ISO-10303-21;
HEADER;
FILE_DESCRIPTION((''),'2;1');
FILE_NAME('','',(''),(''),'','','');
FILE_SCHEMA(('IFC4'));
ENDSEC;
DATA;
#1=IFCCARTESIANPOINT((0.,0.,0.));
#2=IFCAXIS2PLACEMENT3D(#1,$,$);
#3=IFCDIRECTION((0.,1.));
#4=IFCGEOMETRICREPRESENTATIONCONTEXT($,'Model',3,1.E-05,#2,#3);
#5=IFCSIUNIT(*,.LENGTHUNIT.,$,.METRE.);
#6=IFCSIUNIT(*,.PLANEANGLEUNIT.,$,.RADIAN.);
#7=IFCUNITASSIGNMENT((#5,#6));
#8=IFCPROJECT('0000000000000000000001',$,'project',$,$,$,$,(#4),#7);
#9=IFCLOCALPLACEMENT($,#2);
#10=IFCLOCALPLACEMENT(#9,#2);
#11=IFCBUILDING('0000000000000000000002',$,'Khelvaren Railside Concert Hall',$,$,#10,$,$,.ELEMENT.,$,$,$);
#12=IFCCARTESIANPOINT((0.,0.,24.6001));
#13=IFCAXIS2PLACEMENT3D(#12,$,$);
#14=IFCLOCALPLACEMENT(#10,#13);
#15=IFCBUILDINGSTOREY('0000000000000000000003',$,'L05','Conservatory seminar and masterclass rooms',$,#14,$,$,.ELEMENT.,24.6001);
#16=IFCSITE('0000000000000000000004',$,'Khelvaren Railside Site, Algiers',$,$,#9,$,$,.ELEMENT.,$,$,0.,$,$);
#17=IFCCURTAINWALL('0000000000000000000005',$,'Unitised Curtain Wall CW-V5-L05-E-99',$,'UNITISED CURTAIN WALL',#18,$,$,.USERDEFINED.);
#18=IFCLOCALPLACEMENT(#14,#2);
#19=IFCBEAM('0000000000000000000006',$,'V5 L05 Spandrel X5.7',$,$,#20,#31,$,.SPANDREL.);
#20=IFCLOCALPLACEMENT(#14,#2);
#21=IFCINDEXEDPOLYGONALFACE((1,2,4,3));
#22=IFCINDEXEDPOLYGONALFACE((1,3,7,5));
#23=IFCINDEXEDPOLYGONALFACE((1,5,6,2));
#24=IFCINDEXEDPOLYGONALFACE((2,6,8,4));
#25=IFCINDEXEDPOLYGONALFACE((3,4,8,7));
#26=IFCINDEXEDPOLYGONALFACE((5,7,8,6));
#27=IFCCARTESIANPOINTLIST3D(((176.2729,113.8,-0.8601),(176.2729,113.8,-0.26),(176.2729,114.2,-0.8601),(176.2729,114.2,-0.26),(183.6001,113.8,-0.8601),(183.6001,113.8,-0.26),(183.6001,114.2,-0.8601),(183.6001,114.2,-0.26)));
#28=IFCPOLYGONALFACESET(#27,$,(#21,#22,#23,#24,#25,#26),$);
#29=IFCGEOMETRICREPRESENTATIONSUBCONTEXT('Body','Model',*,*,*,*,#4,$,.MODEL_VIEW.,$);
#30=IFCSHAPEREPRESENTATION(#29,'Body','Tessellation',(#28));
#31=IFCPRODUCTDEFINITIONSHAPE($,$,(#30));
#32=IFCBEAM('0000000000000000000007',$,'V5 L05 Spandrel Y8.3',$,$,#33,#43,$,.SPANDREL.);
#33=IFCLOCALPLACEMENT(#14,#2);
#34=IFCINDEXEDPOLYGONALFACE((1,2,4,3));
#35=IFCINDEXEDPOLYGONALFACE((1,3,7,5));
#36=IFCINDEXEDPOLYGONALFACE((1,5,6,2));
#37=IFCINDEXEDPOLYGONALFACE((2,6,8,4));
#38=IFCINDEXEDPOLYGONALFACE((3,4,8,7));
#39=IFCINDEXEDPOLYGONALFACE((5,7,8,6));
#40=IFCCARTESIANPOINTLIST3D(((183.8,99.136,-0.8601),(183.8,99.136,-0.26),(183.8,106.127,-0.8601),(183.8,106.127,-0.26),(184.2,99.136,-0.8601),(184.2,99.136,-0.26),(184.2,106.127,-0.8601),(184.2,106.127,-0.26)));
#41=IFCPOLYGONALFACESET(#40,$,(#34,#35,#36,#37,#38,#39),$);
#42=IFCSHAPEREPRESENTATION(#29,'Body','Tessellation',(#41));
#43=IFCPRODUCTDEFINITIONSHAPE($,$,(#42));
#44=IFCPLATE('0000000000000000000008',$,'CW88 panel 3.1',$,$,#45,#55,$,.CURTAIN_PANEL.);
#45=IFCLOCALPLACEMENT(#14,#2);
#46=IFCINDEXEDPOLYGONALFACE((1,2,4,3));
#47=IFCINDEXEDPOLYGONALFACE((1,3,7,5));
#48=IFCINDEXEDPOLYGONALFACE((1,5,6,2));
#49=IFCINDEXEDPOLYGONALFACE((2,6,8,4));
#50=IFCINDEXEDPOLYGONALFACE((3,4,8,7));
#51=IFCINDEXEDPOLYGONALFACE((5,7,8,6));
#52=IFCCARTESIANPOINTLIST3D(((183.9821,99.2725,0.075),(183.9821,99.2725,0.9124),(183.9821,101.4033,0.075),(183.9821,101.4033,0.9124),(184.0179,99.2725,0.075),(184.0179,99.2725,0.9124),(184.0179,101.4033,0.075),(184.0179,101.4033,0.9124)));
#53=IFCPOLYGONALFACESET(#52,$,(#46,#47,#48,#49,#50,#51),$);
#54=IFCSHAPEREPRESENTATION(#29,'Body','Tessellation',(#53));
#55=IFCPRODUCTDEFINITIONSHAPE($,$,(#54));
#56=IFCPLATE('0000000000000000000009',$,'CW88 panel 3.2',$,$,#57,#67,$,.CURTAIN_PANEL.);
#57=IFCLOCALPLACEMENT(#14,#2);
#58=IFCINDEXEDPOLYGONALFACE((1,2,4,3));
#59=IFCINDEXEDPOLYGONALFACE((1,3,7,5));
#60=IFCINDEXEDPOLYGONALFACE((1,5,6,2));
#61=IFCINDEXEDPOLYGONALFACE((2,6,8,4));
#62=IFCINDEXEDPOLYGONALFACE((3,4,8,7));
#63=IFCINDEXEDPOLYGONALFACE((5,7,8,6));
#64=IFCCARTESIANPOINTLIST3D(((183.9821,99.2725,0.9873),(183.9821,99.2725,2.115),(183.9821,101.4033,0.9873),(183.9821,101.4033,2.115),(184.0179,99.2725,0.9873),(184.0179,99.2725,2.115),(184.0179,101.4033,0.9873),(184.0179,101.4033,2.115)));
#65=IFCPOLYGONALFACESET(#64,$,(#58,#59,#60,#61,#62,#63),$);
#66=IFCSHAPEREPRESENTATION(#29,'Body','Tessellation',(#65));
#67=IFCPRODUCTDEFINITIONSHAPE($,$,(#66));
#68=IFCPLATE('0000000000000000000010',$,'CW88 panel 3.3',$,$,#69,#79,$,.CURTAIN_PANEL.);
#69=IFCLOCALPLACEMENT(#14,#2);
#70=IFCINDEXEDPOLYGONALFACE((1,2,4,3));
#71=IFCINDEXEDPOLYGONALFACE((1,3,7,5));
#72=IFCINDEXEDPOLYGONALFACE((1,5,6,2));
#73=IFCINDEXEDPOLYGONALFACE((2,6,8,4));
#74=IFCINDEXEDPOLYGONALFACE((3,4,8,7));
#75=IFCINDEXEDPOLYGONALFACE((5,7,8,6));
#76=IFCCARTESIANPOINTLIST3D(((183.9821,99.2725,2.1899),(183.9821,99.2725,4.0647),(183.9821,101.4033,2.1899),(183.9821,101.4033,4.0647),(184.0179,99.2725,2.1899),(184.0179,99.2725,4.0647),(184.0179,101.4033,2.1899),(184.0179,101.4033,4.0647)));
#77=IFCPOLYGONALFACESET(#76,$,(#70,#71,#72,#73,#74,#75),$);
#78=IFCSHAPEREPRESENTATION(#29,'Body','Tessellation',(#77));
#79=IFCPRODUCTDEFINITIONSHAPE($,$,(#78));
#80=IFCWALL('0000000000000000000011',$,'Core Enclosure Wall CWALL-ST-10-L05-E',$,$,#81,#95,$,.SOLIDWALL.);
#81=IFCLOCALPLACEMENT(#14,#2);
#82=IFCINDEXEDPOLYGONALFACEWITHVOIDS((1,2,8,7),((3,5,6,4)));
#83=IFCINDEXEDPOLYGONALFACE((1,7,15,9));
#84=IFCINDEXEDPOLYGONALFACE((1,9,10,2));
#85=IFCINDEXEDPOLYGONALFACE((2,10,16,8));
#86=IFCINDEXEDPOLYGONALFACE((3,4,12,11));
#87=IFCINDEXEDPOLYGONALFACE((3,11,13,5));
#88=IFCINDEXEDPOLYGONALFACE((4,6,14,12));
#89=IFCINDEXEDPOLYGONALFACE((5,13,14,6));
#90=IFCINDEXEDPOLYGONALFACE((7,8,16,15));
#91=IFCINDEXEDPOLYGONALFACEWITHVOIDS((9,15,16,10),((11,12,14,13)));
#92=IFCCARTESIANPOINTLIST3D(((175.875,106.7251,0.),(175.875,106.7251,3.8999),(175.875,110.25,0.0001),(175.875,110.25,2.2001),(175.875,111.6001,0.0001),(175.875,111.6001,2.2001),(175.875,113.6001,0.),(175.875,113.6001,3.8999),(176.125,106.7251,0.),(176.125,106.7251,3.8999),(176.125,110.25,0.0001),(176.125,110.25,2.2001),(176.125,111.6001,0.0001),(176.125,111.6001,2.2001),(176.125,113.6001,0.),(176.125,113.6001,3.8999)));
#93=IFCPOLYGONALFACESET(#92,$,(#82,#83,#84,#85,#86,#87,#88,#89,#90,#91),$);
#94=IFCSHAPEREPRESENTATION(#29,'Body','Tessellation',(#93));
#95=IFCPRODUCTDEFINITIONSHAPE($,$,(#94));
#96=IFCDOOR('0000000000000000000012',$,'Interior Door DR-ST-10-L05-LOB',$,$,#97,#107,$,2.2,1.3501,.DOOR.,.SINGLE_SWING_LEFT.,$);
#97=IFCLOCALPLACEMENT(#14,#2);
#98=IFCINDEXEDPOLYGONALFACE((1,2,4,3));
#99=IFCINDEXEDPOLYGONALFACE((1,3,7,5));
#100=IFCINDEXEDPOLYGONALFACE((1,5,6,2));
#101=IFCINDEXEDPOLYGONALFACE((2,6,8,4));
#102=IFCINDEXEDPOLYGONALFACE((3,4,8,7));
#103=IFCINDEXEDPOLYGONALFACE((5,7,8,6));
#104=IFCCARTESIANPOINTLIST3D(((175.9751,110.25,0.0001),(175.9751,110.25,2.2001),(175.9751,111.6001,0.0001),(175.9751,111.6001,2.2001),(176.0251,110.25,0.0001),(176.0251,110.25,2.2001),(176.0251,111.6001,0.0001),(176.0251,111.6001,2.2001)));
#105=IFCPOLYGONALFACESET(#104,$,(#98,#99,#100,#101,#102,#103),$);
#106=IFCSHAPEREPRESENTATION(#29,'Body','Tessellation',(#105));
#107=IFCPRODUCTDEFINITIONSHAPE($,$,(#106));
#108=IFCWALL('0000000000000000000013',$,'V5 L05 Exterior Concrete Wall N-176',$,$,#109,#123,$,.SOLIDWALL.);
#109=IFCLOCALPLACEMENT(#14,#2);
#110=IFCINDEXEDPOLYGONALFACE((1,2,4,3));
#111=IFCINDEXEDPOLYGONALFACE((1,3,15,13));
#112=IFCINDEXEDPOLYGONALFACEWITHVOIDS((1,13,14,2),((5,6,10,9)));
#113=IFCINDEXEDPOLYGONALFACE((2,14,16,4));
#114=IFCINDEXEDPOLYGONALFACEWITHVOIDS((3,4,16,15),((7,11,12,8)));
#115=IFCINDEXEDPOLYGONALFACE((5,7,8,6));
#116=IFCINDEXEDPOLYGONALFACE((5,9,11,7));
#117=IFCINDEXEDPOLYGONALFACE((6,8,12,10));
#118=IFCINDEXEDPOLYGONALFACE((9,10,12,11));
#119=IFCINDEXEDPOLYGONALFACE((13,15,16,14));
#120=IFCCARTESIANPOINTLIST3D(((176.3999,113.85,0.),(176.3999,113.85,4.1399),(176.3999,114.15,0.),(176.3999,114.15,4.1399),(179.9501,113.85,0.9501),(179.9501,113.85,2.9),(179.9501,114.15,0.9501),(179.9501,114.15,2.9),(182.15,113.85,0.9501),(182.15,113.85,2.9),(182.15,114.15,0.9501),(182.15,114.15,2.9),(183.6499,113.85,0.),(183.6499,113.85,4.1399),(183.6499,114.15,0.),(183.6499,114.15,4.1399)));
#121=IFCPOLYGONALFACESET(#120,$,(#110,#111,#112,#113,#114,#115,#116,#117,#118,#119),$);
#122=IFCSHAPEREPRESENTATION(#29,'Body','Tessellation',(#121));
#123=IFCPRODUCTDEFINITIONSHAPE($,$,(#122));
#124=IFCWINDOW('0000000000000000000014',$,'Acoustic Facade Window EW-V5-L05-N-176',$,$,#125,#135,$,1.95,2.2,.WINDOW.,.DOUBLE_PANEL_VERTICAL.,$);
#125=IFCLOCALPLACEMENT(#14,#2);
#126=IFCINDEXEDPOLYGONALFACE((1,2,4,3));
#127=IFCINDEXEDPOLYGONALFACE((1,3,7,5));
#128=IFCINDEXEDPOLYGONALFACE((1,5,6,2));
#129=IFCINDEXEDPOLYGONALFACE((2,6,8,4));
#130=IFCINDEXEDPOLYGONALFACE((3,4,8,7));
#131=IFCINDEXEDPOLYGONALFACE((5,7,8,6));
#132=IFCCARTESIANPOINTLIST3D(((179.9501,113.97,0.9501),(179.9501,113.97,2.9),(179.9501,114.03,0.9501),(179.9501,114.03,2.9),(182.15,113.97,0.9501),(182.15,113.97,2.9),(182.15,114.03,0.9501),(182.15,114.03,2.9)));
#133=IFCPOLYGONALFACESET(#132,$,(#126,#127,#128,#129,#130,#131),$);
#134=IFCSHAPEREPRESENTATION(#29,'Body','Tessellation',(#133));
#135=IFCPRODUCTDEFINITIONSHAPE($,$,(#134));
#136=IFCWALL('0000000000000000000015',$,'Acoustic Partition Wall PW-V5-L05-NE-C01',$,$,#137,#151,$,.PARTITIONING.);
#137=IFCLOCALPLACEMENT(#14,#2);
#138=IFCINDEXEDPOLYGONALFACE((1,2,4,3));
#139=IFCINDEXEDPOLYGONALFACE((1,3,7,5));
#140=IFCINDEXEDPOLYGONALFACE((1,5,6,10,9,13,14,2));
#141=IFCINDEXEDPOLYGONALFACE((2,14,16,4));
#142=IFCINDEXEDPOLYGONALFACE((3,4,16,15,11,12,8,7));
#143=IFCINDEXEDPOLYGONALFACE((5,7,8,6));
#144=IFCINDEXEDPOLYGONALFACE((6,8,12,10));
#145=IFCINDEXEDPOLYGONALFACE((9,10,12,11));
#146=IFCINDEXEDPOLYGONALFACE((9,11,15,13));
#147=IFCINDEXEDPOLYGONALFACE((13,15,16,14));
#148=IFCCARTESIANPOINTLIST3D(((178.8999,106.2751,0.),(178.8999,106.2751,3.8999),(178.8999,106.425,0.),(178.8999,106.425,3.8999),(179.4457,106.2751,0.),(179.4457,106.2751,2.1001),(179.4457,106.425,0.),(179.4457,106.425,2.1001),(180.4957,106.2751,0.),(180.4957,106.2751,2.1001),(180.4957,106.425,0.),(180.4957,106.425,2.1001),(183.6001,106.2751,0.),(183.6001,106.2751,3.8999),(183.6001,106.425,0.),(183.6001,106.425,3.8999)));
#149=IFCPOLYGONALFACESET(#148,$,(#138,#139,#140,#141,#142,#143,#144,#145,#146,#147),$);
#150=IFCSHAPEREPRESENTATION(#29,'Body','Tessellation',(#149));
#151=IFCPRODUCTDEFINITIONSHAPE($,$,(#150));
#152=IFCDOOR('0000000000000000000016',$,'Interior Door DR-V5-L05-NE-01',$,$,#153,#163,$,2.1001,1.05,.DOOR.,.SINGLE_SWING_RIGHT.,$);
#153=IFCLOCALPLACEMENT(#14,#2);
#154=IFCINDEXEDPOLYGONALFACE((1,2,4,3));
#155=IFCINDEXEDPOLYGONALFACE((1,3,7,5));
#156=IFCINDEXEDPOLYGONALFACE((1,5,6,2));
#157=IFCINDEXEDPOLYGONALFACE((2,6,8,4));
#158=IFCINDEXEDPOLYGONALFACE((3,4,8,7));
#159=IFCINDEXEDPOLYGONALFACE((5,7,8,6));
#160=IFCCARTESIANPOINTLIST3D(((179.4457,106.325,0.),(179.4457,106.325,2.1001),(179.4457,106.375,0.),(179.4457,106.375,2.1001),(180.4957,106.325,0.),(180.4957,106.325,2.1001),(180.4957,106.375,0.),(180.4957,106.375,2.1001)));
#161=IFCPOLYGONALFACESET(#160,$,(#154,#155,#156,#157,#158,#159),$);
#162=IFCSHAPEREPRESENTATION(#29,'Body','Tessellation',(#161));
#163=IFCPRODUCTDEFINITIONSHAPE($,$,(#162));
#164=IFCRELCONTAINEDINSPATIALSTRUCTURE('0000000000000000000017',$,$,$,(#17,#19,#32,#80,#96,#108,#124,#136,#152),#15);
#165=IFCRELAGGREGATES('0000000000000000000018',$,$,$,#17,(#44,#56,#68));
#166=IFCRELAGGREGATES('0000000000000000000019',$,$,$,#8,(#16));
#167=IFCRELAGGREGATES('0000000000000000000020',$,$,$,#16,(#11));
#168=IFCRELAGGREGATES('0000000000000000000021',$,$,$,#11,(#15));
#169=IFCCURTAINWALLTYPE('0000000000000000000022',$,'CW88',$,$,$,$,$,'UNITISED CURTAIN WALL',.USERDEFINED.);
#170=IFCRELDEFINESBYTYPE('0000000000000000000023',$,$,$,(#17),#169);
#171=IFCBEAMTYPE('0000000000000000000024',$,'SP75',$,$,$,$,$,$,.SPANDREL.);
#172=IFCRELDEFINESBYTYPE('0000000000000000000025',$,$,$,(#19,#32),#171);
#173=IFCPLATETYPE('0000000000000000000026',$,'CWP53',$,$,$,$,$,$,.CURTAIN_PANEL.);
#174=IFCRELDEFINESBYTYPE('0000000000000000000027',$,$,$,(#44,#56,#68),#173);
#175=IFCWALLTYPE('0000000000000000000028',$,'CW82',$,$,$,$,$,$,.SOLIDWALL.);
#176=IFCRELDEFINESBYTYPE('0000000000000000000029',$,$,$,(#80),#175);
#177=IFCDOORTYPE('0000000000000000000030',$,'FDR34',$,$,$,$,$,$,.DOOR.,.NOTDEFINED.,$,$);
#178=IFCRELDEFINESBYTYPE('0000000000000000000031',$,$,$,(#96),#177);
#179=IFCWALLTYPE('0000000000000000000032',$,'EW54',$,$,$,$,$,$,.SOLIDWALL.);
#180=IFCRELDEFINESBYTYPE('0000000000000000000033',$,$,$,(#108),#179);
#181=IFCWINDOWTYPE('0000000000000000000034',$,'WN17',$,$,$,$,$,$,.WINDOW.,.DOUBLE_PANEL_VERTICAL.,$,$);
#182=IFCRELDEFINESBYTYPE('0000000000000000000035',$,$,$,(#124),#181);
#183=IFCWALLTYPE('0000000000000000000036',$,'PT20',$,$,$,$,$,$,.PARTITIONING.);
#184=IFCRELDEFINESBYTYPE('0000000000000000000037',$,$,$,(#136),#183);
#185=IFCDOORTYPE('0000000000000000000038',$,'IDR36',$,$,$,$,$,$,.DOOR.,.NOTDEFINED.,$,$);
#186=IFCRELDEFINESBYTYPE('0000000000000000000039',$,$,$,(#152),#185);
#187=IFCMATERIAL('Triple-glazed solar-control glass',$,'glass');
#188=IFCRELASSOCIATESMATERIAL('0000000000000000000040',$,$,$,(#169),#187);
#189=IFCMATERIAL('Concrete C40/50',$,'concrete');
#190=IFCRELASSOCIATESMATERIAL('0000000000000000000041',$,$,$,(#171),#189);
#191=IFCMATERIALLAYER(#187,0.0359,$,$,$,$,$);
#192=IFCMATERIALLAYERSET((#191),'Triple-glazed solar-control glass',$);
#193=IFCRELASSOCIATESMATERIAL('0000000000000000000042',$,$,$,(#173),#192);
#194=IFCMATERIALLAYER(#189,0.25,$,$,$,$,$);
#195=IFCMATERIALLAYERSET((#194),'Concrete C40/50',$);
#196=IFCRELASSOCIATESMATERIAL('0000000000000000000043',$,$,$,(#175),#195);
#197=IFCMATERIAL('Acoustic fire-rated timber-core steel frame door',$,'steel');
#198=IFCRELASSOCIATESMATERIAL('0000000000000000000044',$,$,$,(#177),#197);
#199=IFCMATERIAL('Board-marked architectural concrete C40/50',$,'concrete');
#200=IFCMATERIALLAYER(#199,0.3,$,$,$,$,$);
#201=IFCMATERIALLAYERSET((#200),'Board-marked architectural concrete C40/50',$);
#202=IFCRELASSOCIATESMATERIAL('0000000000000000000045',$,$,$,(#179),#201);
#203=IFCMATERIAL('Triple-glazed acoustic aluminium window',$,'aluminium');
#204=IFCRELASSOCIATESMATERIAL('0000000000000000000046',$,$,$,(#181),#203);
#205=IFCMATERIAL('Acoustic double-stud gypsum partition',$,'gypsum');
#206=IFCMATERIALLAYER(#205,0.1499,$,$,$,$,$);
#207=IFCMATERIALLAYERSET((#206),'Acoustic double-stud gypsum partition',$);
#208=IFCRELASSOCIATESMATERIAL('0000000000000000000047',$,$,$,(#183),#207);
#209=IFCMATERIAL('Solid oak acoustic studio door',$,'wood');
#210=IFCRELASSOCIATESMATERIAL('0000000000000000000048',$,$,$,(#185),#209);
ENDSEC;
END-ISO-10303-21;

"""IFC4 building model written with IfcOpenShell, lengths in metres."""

from ifc_helpers import new_model, si_unit, direction, frame, frame_2d, origin, origin_2d, place, context, subcontext, project, spatial, rectangle, extrude, material, layer, layer_set, material_profile, profile_set, type_object, element, fill, aggregate, save


model = new_model("IFC4")

# Units and contexts
model_context = context("Model", 3, precision=1e-05, world=origin(), true_north=direction((0.0, 1.0)))
body_context = subcontext(model_context, "Body", "Model", "MODEL_VIEW")
ifc_project = project(units=[si_unit("LENGTHUNIT", "METRE"), si_unit("PLANEANGLEUNIT", "RADIAN")], contexts=[model_context])

# Site, building, storey
site_placement = place(None, origin())
site = spatial("IfcSite", under=ifc_project, at=site_placement, Name="Khelvaren Railside Site, Algiers", CompositionType="ELEMENT", RefElevation=0.0)
building_placement = place(site_placement, origin())
building = spatial("IfcBuilding", under=site, at=building_placement, Name="Khelvaren Railside Concert Hall", CompositionType="ELEMENT")
storey_placement = place(building_placement, frame((0.0, 0.0, 24.6001)))
storey = spatial("IfcBuildingStorey", under=building, at=storey_placement, Name="L05", Description="Conservatory seminar and masterclass rooms", CompositionType="ELEMENT", Elevation=24.6001)

# Shared definitions
ifc_material_1 = material(Name="Concrete C40/50", Category="concrete")

# Curtain wall
ifc_material_2 = material(Name="Triple-glazed solar-control glass", Category="glass")
curtain_wall_type = type_object("IfcCurtainWallType", Name="CW88", ElementType="UNITISED CURTAIN WALL", PredefinedType="USERDEFINED", material=ifc_material_2)
curtain_wall_placement = place(storey_placement, origin())
curtain_wall = element("IfcCurtainWall", 1, at=curtain_wall_placement, inside=storey, type_object=curtain_wall_type, Name="Unitised Curtain Wall CW-V5-L05-E-99", ObjectType="UNITISED CURTAIN WALL", PredefinedType="USERDEFINED")

# Beams
ifc_material_profile_1 = material_profile(ifc_material_1, rectangle(XDim=0.3999, YDim=0.6001, at=origin_2d()), Name="RCB 400x600")
ifc_profile_set_1 = profile_set([ifc_material_profile_1], Name="Concrete C40/50")
beam_type_1 = type_object("IfcBeamType", Name="SP75", PredefinedType="SPANDREL", material=ifc_profile_set_1)
beam_1_placement = place(storey_placement, frame((176.2729, 114.0, -0.5601), z_axis=(1.0, 0.0, 0.0), x_axis=(0.0, 1.0, 0.0)))
element("IfcBeam", 2, at=beam_1_placement, inside=storey, type_object=beam_type_1, Name="V5 L05 Spandrel X5.7", PredefinedType="SPANDREL", context=body_context, shape_type="SweptSolid", body=[
    extrude(rectangle(XDim=0.3999, YDim=0.6001, at=origin_2d()), origin(), (0.0, 0.0, 1.0), 7.3271),
])
beam_2_placement = place(storey_placement, frame((184.0, 99.136, -0.5601), z_axis=(0.0, 1.0, 0.0), x_axis=(-1.0, 0.0, 0.0)))
element("IfcBeam", 3, at=beam_2_placement, inside=storey, type_object=beam_type_1, Name="V5 L05 Spandrel Y8.3", PredefinedType="SPANDREL", context=body_context, shape_type="SweptSolid", body=[
    extrude(rectangle(XDim=0.3999, YDim=0.6001, at=origin_2d()), origin(), (0.0, 0.0, 1.0), 6.991),
])

# Plates
ifc_layer_1 = layer(ifc_material_2, 0.0359)
ifc_layer_set_1 = layer_set([ifc_layer_1], Name="Triple-glazed solar-control glass")
plate_type = type_object("IfcPlateType", Name="CWP53", PredefinedType="CURTAIN_PANEL", material=ifc_layer_set_1)
plate_1_placement = place(storey_placement, frame((184.0, 100.3379, 0.075), z_axis=(0.0, 0.0, 1.0), x_axis=(0.0, -1.0, 0.0)))
plate_1 = element("IfcPlate", 4, at=plate_1_placement, type_object=plate_type, Name="CW88 panel 3.1", PredefinedType="CURTAIN_PANEL", context=body_context, shape_type="SweptSolid", body=[
    extrude(rectangle(XDim=2.1309, YDim=0.0359, at=origin_2d()), origin(), (0.0, 0.0, 1.0), 0.8374),
])
plate_2_placement = place(storey_placement, frame((184.0, 100.3379, 0.9873), z_axis=(0.0, 0.0, 1.0), x_axis=(0.0, -1.0, 0.0)))
plate_2 = element("IfcPlate", 5, at=plate_2_placement, type_object=plate_type, Name="CW88 panel 3.2", PredefinedType="CURTAIN_PANEL", context=body_context, shape_type="SweptSolid", body=[
    extrude(rectangle(XDim=2.1309, YDim=0.0359, at=origin_2d()), origin(), (0.0, 0.0, 1.0), 1.1277),
])
plate_3_placement = place(storey_placement, frame((184.0, 100.3379, 2.1899), z_axis=(0.0, 0.0, 1.0), x_axis=(0.0, -1.0, 0.0)))
plate_3 = element("IfcPlate", 6, at=plate_3_placement, type_object=plate_type, Name="CW88 panel 3.3", PredefinedType="CURTAIN_PANEL", context=body_context, shape_type="SweptSolid", body=[
    extrude(rectangle(XDim=2.1309, YDim=0.0359, at=origin_2d()), origin(), (0.0, 0.0, 1.0), 1.8748),
])
aggregate(curtain_wall, [plate_1, plate_2, plate_3])

# Wall, opening, door
ifc_layer_2 = layer(ifc_material_1, 0.25)
ifc_layer_set_2 = layer_set([ifc_layer_2], Name="Concrete C40/50")
wall_type_1 = type_object("IfcWallType", Name="CW82", PredefinedType="SOLIDWALL", material=ifc_layer_set_2)
wall_1_placement = place(storey_placement, frame((176.0, 106.7251, 0.0), z_axis=(0.0, 0.0, 1.0), x_axis=(0.0, 1.0, 0.0)))
wall_1 = element("IfcWall", 7, at=wall_1_placement, inside=storey, type_object=wall_type_1, Name="Core Enclosure Wall CWALL-ST-10-L05-E", PredefinedType="SOLIDWALL", context=body_context, shape_type="SweptSolid", body=[
    extrude(rectangle(XDim=6.875, YDim=0.25, at=frame_2d((3.4375, 0.0))), origin(), (0.0, 0.0, 1.0), 3.8999),
])
opening_1_placement = place(wall_1_placement, frame((3.5249, 0.0, 0.0)))
opening_1 = element("IfcOpeningElement", 8, at=opening_1_placement, cuts=wall_1, PredefinedType="OPENING", context=body_context, shape_type="SweptSolid", body=[
    extrude(rectangle(XDim=1.3501, YDim=2.2, at=frame_2d((0.675, 1.1001))), frame((0.0, 0.135, 0.0), z_axis=(0.0, -1.0, 0.0), x_axis=(1.0, 0.0, 0.0)), (0.0, 0.0, 1.0), 0.27),
])
ifc_material_3 = material(Name="Acoustic fire-rated timber-core steel frame door", Category="steel")
door_type_1 = type_object("IfcDoorType", Name="FDR34", OperationType="NOTDEFINED", PredefinedType="DOOR", material=ifc_material_3)
door_1_placement = place(opening_1_placement, origin())
door_1 = element("IfcDoor", 9, at=door_1_placement, inside=storey, type_object=door_type_1, Name="Interior Door DR-ST-10-L05-LOB", OperationType="SINGLE_SWING_LEFT", OverallHeight=2.2, OverallWidth=1.3501, PredefinedType="DOOR", context=body_context, shape_type="SweptSolid", body=[
    extrude(rectangle(XDim=1.3501, YDim=2.2, at=frame_2d((0.675, 1.1001))), frame((0.0, 0.0249, 0.0), z_axis=(0.0, -1.0, 0.0), x_axis=(1.0, 0.0, 0.0)), (0.0, 0.0, 1.0), 0.05),
])
fill(opening_1, door_1)

# Wall, opening, window
ifc_material_4 = material(Name="Board-marked architectural concrete C40/50", Category="concrete")
ifc_layer_3 = layer(ifc_material_4, 0.3)
ifc_layer_set_3 = layer_set([ifc_layer_3], Name="Board-marked architectural concrete C40/50")
wall_type_2 = type_object("IfcWallType", Name="EW54", PredefinedType="SOLIDWALL", material=ifc_layer_set_3)
wall_2_placement = place(storey_placement, frame((176.3999, 114.0, 0.0), z_axis=(0.0, 0.0, 1.0), x_axis=(1.0, 0.0, 0.0)))
wall_2 = element("IfcWall", 10, at=wall_2_placement, inside=storey, type_object=wall_type_2, Name="V5 L05 Exterior Concrete Wall N-176", PredefinedType="SOLIDWALL", context=body_context, shape_type="SweptSolid", body=[
    extrude(rectangle(XDim=7.25, YDim=0.3, at=frame_2d((3.625, 0.0))), origin(), (0.0, 0.0, 1.0), 4.1399),
])
opening_2_placement = place(wall_2_placement, frame((3.55, 0.0, 0.95)))
opening_2 = element("IfcOpeningElement", 11, at=opening_2_placement, cuts=wall_2, PredefinedType="OPENING", context=body_context, shape_type="SweptSolid", body=[
    extrude(rectangle(XDim=2.2, YDim=1.95, at=frame_2d((1.1001, 0.9751))), frame((0.0, 0.1599, 0.0), z_axis=(0.0, -1.0, 0.0), x_axis=(1.0, 0.0, 0.0)), (0.0, 0.0, 1.0), 0.3201),
])
ifc_material_5 = material(Name="Triple-glazed acoustic aluminium window", Category="aluminium")
window_type = type_object("IfcWindowType", Name="WN17", PartitioningType="DOUBLE_PANEL_VERTICAL", PredefinedType="WINDOW", material=ifc_material_5)
window_placement = place(opening_2_placement, origin())
window = element("IfcWindow", 12, at=window_placement, inside=storey, type_object=window_type, Name="Acoustic Facade Window EW-V5-L05-N-176", OverallHeight=1.95, OverallWidth=2.2, PartitioningType="DOUBLE_PANEL_VERTICAL", PredefinedType="WINDOW", context=body_context, shape_type="SweptSolid", body=[
    extrude(rectangle(XDim=2.2, YDim=1.95, at=frame_2d((1.1001, 0.9751))), frame((0.0, 0.03, 0.0), z_axis=(0.0, -1.0, 0.0), x_axis=(1.0, 0.0, 0.0)), (0.0, 0.0, 1.0), 0.0601),
])
fill(opening_2, window)

# Wall, opening, door
ifc_material_6 = material(Name="Acoustic double-stud gypsum partition", Category="gypsum")
ifc_layer_4 = layer(ifc_material_6, 0.1499)
ifc_layer_set_4 = layer_set([ifc_layer_4], Name="Acoustic double-stud gypsum partition")
wall_type_3 = type_object("IfcWallType", Name="PT20", PredefinedType="PARTITIONING", material=ifc_layer_set_4)
wall_3_placement = place(storey_placement, frame((178.8999, 106.3501, 0.0), z_axis=(0.0, 0.0, 1.0), x_axis=(1.0, 0.0, 0.0)))
wall_3 = element("IfcWall", 13, at=wall_3_placement, inside=storey, type_object=wall_type_3, Name="Acoustic Partition Wall PW-V5-L05-NE-C01", PredefinedType="PARTITIONING", context=body_context, shape_type="SweptSolid", body=[
    extrude(rectangle(XDim=4.7002, YDim=0.1499, at=frame_2d((2.3501, 0.0))), origin(), (0.0, 0.0, 1.0), 3.8999),
])
opening_3_placement = place(wall_3_placement, frame((0.5459, 0.0, 0.0)))
opening_3 = element("IfcOpeningElement", 14, at=opening_3_placement, cuts=wall_3, PredefinedType="OPENING", context=body_context, shape_type="SweptSolid", body=[
    extrude(rectangle(XDim=1.05, YDim=2.1001, at=frame_2d((0.5249, 1.05))), frame((0.0, 0.085, 0.0), z_axis=(0.0, -1.0, 0.0), x_axis=(1.0, 0.0, 0.0)), (0.0, 0.0, 1.0), 0.1699),
])
ifc_material_7 = material(Name="Solid oak acoustic studio door", Category="wood")
door_type_2 = type_object("IfcDoorType", Name="IDR36", OperationType="NOTDEFINED", PredefinedType="DOOR", material=ifc_material_7)
door_2_placement = place(opening_3_placement, origin())
door_2 = element("IfcDoor", 15, at=door_2_placement, inside=storey, type_object=door_type_2, Name="Interior Door DR-V5-L05-NE-01", OperationType="SINGLE_SWING_RIGHT", OverallHeight=2.1001, OverallWidth=1.05, PredefinedType="DOOR", context=body_context, shape_type="SweptSolid", body=[
    extrude(rectangle(XDim=1.05, YDim=2.1001, at=frame_2d((0.5249, 1.05))), frame((0.0, 0.0249, 0.0), z_axis=(0.0, -1.0, 0.0), x_axis=(1.0, 0.0, 0.0)), (0.0, 0.0, 1.0), 0.05),
])
fill(opening_3, door_2)

save(model, "model.ifc")
